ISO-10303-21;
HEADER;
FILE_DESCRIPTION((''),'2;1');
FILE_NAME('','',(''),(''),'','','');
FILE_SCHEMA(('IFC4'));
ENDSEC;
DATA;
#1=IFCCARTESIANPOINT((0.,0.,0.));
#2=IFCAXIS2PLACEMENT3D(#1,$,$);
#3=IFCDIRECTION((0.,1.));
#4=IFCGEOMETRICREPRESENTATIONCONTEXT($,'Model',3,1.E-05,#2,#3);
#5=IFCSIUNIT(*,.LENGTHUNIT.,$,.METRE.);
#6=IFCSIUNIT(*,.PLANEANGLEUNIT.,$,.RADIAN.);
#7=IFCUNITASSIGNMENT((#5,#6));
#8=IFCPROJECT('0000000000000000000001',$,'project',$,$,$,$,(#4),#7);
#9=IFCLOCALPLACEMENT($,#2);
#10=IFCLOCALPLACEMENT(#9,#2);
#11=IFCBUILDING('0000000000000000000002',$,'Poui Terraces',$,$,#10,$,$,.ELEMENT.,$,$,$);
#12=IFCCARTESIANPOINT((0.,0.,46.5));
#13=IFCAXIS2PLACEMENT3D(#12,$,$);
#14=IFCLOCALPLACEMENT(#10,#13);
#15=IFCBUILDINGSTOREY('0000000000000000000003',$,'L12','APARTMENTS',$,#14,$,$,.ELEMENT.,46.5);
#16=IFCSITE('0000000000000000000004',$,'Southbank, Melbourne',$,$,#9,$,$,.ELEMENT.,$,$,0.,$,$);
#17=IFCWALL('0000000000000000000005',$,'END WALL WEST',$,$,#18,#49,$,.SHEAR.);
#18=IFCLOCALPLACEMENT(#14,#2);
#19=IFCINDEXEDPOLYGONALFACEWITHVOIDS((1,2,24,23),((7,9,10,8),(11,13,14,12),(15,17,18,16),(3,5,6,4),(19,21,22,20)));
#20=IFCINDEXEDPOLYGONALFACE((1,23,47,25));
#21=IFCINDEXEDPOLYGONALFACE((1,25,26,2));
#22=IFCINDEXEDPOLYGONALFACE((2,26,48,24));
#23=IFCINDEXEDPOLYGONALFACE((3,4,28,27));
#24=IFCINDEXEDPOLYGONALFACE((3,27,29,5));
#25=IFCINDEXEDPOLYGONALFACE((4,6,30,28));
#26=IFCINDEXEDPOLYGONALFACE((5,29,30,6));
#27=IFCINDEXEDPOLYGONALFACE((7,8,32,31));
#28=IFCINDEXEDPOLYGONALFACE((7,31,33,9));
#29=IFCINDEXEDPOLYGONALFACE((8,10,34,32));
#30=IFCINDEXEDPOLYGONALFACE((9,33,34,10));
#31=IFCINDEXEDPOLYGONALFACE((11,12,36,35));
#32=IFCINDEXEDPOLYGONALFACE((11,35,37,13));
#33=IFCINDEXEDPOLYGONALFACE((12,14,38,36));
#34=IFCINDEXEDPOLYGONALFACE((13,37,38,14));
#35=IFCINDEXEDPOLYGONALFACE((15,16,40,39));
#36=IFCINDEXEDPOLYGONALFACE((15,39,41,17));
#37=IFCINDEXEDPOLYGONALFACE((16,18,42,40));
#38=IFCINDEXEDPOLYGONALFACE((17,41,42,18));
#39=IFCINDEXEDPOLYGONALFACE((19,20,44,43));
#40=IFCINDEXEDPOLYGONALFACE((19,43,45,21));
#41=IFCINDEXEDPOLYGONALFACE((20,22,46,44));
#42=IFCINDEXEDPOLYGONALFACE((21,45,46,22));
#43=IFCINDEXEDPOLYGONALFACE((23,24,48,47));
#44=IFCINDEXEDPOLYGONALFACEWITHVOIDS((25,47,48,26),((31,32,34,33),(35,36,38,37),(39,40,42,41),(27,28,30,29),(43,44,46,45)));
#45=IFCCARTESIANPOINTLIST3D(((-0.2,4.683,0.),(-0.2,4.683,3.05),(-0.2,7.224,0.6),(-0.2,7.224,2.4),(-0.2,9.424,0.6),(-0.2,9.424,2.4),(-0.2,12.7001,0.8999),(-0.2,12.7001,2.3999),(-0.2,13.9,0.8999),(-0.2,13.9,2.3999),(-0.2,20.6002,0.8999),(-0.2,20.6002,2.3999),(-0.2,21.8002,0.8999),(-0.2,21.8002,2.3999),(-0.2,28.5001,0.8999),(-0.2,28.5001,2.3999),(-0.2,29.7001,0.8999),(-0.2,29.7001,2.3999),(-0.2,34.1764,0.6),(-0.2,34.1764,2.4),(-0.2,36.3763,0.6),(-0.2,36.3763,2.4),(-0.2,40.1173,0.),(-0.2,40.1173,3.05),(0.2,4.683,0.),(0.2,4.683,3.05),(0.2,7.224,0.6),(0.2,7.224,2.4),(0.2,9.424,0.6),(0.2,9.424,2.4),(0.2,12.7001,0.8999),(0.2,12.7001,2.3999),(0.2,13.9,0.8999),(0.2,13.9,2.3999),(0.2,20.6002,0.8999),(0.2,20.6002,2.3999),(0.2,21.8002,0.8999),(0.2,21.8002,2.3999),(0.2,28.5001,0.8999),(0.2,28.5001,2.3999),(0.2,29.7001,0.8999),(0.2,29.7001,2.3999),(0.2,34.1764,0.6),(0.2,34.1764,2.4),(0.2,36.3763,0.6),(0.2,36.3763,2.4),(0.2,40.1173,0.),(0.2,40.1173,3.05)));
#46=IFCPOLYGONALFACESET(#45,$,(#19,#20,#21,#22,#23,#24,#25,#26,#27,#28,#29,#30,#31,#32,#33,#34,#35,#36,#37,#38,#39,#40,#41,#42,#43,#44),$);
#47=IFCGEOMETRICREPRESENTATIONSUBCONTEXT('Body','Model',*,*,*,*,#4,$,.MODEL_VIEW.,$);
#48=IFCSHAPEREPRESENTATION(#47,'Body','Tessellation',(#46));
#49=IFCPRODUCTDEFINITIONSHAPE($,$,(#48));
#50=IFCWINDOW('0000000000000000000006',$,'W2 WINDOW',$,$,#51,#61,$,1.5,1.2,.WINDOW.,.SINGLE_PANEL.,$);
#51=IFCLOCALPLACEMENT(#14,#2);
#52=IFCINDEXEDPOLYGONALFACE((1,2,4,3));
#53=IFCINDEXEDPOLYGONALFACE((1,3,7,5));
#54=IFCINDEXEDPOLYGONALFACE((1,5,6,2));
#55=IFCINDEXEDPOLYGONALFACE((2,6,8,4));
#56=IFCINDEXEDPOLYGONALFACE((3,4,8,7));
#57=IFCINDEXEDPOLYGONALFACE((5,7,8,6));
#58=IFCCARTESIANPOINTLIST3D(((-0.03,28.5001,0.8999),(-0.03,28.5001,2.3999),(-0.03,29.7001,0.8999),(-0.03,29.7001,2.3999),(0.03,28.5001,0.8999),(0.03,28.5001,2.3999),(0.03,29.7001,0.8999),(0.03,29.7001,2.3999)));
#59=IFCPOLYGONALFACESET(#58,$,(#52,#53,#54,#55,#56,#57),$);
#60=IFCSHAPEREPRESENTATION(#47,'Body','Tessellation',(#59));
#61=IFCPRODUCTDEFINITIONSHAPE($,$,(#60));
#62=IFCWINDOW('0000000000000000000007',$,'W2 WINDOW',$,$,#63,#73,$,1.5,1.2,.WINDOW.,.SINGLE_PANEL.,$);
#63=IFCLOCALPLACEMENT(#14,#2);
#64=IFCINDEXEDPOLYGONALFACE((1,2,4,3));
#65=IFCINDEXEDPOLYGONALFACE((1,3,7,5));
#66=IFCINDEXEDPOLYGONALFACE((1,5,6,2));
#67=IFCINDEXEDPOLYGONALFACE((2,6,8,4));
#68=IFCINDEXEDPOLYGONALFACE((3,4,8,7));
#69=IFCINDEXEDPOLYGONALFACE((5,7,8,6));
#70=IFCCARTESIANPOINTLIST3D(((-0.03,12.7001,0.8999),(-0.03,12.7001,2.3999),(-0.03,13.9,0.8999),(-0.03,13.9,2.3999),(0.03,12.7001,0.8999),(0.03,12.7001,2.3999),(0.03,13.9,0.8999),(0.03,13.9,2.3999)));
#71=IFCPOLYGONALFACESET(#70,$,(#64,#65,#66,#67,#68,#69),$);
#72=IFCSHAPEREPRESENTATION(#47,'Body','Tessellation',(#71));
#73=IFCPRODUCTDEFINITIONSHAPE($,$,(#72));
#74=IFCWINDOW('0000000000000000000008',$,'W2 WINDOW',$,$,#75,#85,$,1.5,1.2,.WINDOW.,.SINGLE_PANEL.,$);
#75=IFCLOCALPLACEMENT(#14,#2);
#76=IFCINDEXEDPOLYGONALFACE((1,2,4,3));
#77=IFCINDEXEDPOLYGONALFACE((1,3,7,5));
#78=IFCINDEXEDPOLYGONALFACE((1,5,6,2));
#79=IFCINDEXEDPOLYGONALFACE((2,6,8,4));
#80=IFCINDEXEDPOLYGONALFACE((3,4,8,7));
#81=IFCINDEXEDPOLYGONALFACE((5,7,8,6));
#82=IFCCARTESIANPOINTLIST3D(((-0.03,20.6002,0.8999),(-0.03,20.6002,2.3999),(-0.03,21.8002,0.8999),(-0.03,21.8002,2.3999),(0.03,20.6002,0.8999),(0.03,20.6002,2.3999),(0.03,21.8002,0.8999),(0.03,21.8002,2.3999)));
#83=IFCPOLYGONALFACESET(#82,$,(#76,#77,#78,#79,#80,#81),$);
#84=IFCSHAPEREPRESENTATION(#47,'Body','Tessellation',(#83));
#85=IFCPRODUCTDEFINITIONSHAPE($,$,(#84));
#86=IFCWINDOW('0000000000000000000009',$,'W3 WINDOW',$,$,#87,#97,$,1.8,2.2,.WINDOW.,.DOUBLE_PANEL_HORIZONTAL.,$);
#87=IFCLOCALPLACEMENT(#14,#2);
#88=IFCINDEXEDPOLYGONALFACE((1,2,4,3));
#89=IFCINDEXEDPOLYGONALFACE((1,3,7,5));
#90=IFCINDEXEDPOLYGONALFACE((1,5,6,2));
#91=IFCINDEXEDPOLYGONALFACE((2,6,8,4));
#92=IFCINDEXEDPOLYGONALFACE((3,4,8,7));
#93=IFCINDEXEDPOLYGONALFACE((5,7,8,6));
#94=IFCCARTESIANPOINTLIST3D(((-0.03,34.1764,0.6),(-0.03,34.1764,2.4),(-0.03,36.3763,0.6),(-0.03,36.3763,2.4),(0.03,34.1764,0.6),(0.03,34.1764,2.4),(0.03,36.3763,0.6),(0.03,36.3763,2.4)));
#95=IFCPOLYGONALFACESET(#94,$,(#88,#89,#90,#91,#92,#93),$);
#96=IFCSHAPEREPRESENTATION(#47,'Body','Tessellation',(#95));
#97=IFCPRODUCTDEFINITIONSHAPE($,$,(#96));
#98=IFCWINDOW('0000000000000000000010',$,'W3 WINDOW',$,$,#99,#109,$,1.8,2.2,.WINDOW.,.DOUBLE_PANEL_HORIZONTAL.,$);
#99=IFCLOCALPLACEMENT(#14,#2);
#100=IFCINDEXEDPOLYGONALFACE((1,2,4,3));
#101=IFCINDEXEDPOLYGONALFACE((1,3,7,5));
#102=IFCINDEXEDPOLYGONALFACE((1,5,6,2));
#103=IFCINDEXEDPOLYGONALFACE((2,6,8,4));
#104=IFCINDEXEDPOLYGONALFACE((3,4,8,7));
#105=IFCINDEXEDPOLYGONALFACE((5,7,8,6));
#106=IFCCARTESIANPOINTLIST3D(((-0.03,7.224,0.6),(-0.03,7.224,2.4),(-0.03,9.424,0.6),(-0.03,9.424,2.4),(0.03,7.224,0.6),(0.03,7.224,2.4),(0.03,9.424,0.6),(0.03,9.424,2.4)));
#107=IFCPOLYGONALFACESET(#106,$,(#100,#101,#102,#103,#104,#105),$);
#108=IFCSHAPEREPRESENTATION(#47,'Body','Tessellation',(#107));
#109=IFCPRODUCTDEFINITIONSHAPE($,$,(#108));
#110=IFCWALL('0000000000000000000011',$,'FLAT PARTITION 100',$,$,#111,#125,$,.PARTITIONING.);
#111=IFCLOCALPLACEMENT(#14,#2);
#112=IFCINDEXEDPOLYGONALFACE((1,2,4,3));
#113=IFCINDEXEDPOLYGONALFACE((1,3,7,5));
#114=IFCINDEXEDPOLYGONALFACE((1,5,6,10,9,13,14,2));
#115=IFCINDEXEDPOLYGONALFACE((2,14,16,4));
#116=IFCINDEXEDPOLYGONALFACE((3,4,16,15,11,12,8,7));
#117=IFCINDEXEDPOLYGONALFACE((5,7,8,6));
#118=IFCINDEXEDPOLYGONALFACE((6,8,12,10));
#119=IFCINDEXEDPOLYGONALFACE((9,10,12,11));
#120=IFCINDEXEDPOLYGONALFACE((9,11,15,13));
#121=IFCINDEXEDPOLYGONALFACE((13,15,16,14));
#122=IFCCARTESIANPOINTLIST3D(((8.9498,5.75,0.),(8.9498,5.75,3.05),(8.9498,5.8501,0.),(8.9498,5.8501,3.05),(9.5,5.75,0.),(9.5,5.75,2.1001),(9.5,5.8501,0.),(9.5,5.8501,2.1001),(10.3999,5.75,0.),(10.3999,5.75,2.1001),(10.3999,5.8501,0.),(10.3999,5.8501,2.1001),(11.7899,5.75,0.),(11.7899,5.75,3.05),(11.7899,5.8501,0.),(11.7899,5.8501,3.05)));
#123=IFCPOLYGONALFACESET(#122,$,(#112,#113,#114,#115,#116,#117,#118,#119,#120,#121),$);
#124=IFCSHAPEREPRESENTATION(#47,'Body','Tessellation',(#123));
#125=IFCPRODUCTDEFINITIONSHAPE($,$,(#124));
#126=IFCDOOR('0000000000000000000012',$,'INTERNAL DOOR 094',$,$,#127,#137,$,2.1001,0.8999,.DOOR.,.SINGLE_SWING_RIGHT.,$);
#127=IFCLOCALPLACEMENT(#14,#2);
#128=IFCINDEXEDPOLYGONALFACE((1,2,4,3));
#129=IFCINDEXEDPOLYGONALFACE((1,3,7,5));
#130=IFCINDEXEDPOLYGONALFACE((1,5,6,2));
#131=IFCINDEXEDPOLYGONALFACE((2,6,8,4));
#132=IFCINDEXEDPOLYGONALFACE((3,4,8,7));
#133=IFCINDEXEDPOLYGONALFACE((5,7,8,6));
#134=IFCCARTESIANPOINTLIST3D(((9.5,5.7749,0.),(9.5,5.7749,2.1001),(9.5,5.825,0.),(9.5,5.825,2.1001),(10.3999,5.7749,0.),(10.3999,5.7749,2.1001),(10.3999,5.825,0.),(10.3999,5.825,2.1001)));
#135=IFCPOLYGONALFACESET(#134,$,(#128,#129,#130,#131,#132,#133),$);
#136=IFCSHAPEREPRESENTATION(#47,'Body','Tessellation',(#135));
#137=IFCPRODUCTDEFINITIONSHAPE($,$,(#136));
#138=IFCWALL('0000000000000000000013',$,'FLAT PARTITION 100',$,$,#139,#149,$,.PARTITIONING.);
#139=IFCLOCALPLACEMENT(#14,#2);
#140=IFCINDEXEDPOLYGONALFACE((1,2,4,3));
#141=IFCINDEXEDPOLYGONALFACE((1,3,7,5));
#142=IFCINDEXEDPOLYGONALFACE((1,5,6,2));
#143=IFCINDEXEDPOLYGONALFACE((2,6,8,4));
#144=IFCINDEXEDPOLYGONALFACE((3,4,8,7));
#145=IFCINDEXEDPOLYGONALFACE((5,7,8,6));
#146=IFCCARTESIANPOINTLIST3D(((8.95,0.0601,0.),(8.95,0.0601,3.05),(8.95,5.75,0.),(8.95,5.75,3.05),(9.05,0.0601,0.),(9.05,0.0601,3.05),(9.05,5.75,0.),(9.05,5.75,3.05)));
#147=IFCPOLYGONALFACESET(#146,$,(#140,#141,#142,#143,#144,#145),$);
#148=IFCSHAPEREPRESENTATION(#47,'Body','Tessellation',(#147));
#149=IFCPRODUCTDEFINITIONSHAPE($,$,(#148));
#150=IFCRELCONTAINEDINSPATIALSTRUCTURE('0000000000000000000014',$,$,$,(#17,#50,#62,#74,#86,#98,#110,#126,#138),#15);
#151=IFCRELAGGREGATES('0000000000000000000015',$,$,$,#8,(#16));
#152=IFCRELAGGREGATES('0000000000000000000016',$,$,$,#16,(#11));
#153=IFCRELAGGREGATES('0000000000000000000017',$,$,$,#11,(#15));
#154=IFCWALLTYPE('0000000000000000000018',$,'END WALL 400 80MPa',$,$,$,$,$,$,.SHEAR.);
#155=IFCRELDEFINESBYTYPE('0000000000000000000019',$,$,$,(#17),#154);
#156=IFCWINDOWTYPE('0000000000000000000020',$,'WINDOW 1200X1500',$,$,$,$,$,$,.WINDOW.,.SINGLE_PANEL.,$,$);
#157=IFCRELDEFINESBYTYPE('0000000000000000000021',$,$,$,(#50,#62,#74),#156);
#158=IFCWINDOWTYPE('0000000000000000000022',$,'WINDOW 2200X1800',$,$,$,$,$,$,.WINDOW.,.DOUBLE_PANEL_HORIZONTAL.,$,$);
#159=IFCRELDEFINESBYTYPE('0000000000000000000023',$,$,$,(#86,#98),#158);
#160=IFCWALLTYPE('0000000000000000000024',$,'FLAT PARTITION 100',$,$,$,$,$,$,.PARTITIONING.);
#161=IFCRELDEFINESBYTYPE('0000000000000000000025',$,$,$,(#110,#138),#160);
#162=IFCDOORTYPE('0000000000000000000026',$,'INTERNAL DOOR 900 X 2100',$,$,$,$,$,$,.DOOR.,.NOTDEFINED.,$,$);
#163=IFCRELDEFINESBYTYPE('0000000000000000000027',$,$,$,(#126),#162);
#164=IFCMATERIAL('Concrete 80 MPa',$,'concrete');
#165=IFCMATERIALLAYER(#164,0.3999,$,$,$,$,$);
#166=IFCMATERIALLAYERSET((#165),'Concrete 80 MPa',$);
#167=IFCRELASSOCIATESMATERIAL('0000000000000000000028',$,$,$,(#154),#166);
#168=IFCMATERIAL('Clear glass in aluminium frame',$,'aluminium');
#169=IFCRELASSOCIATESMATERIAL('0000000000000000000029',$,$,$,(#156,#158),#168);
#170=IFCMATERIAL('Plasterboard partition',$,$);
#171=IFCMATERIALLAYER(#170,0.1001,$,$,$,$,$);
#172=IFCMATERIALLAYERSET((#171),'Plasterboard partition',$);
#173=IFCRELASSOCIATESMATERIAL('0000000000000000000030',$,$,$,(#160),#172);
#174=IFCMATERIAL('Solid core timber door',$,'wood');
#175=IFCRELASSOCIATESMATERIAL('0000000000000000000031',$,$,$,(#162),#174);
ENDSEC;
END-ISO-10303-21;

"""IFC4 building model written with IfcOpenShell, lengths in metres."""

from ifc_helpers import new_model, si_unit, direction, frame, frame_2d, origin, place, context, subcontext, project, spatial, rectangle, extrude, material, layer, layer_set, type_object, element, fill, save


model = new_model("IFC4")

# Units and contexts
model_context = context("Model", 3, precision=1e-05, world=origin(), true_north=direction((0.0, 1.0)))
body_context = subcontext(model_context, "Body", "Model", "MODEL_VIEW")
ifc_project = project(units=[si_unit("LENGTHUNIT", "METRE"), si_unit("PLANEANGLEUNIT", "RADIAN")], contexts=[model_context])

# Site, building, storey
site_placement = place(None, origin())
site = spatial("IfcSite", under=ifc_project, at=site_placement, Name="Southbank, Melbourne", CompositionType="ELEMENT", RefElevation=0.0)
building_placement = place(site_placement, origin())
building = spatial("IfcBuilding", under=site, at=building_placement, Name="Poui Terraces", CompositionType="ELEMENT")
storey_placement = place(building_placement, frame((0.0, 0.0, 46.5)))
storey = spatial("IfcBuildingStorey", under=building, at=storey_placement, Name="L12", Description="APARTMENTS", CompositionType="ELEMENT", Elevation=46.5)

# Shared definitions
ifc_material_1 = material(Name="Concrete 80 MPa", Category="concrete")

# Wall, openings, windows
ifc_layer_1 = layer(ifc_material_1, 0.3999)
ifc_layer_set_1 = layer_set([ifc_layer_1], Name="Concrete 80 MPa")
wall_type_1 = type_object("IfcWallType", Name="END WALL 400 80MPa", PredefinedType="SHEAR", material=ifc_layer_set_1)
wall_1_placement = place(storey_placement, frame((0.0, 4.6829, 0.0), z_axis=(0.0, 0.0, 1.0), x_axis=(0.0, 1.0, 0.0)))
wall_1 = element("IfcWall", 1, at=wall_1_placement, inside=storey, type_object=wall_type_1, Name="END WALL WEST", PredefinedType="SHEAR", context=body_context, shape_type="SweptSolid", body=[
    extrude(rectangle(XDim=35.4343, YDim=0.3999, at=frame_2d((17.7173, 0.0))), origin(), (0.0, 0.0, 1.0), 3.05),
])
opening_1_placement = place(wall_1_placement, frame((23.8171, 0.0, 0.8999)))
opening_1 = element("IfcOpeningElement", 2, at=opening_1_placement, cuts=wall_1, PredefinedType="OPENING", context=body_context, shape_type="SweptSolid", body=[
    extrude(rectangle(XDim=1.2, YDim=1.5, at=frame_2d((0.6001, 0.75))), frame((0.0, 0.21, 0.0), z_axis=(0.0, -1.0, 0.0), x_axis=(1.0, 0.0, 0.0)), (0.0, 0.0, 1.0), 0.4199),
])
opening_2_placement = place(wall_1_placement, frame((8.0171, 0.0, 0.8999)))
opening_2 = element("IfcOpeningElement", 3, at=opening_2_placement, cuts=wall_1, PredefinedType="OPENING", context=body_context, shape_type="SweptSolid", body=[
    extrude(rectangle(XDim=1.2, YDim=1.5, at=frame_2d((0.6001, 0.75))), frame((0.0, 0.21, 0.0), z_axis=(0.0, -1.0, 0.0), x_axis=(1.0, 0.0, 0.0)), (0.0, 0.0, 1.0), 0.4199),
])
opening_3_placement = place(wall_1_placement, frame((15.9172, 0.0, 0.8999)))
opening_3 = element("IfcOpeningElement", 4, at=opening_3_placement, cuts=wall_1, PredefinedType="OPENING", context=body_context, shape_type="SweptSolid", body=[
    extrude(rectangle(XDim=1.2, YDim=1.5, at=frame_2d((0.6001, 0.75))), frame((0.0, 0.21, 0.0), z_axis=(0.0, -1.0, 0.0), x_axis=(1.0, 0.0, 0.0)), (0.0, 0.0, 1.0), 0.4199),
])
opening_4_placement = place(wall_1_placement, frame((29.4934, 0.0, 0.6001)))
opening_4 = element("IfcOpeningElement", 5, at=opening_4_placement, cuts=wall_1, PredefinedType="OPENING", context=body_context, shape_type="SweptSolid", body=[
    extrude(rectangle(XDim=2.2, YDim=1.8, at=frame_2d((1.1001, 0.8999))), frame((0.0, 0.21, 0.0), z_axis=(0.0, -1.0, 0.0), x_axis=(1.0, 0.0, 0.0)), (0.0, 0.0, 1.0), 0.4199),
])
opening_5_placement = place(wall_1_placement, frame((2.541, 0.0, 0.6001)))
opening_5 = element("IfcOpeningElement", 6, at=opening_5_placement, cuts=wall_1, PredefinedType="OPENING", context=body_context, shape_type="SweptSolid", body=[
    extrude(rectangle(XDim=2.2, YDim=1.8, at=frame_2d((1.1001, 0.8999))), frame((0.0, 0.21, 0.0), z_axis=(0.0, -1.0, 0.0), x_axis=(1.0, 0.0, 0.0)), (0.0, 0.0, 1.0), 0.4199),
])
ifc_material_2 = material(Name="Clear glass in aluminium frame", Category="aluminium")
window_type_1 = type_object("IfcWindowType", Name="WINDOW 1200X1500", PartitioningType="SINGLE_PANEL", PredefinedType="WINDOW", material=ifc_material_2)
window_1_placement = place(opening_1_placement, origin())
window_1 = element("IfcWindow", 7, at=window_1_placement, inside=storey, type_object=window_type_1, Name="W2 WINDOW", OverallHeight=1.5, OverallWidth=1.2, PartitioningType="SINGLE_PANEL", PredefinedType="WINDOW", context=body_context, shape_type="SweptSolid", body=[
    extrude(rectangle(XDim=1.2, YDim=1.5, at=frame_2d((0.6001, 0.75))), frame((0.0, 0.03, 0.0), z_axis=(0.0, -1.0, 0.0), x_axis=(1.0, 0.0, 0.0)), (0.0, 0.0, 1.0), 0.0601),
])
fill(opening_1, window_1)
window_2_placement = place(opening_2_placement, origin())
window_2 = element("IfcWindow", 8, at=window_2_placement, inside=storey, type_object=window_type_1, Name="W2 WINDOW", OverallHeight=1.5, OverallWidth=1.2, PartitioningType="SINGLE_PANEL", PredefinedType="WINDOW", context=body_context, shape_type="SweptSolid", body=[
    extrude(rectangle(XDim=1.2, YDim=1.5, at=frame_2d((0.6001, 0.75))), frame((0.0, 0.03, 0.0), z_axis=(0.0, -1.0, 0.0), x_axis=(1.0, 0.0, 0.0)), (0.0, 0.0, 1.0), 0.0601),
])
fill(opening_2, window_2)
window_3_placement = place(opening_3_placement, origin())
window_3 = element("IfcWindow", 9, at=window_3_placement, inside=storey, type_object=window_type_1, Name="W2 WINDOW", OverallHeight=1.5, OverallWidth=1.2, PartitioningType="SINGLE_PANEL", PredefinedType="WINDOW", context=body_context, shape_type="SweptSolid", body=[
    extrude(rectangle(XDim=1.2, YDim=1.5, at=frame_2d((0.6001, 0.75))), frame((0.0, 0.03, 0.0), z_axis=(0.0, -1.0, 0.0), x_axis=(1.0, 0.0, 0.0)), (0.0, 0.0, 1.0), 0.0601),
])
fill(opening_3, window_3)
window_type_2 = type_object("IfcWindowType", Name="WINDOW 2200X1800", PartitioningType="DOUBLE_PANEL_HORIZONTAL", PredefinedType="WINDOW", material=ifc_material_2)
window_4_placement = place(opening_4_placement, origin())
window_4 = element("IfcWindow", 10, at=window_4_placement, inside=storey, type_object=window_type_2, Name="W3 WINDOW", OverallHeight=1.8, OverallWidth=2.2, PartitioningType="DOUBLE_PANEL_HORIZONTAL", PredefinedType="WINDOW", context=body_context, shape_type="SweptSolid", body=[
    extrude(rectangle(XDim=2.2, YDim=1.8, at=frame_2d((1.1001, 0.8999))), frame((0.0, 0.03, 0.0), z_axis=(0.0, -1.0, 0.0), x_axis=(1.0, 0.0, 0.0)), (0.0, 0.0, 1.0), 0.0601),
])
fill(opening_4, window_4)
window_5_placement = place(opening_5_placement, origin())
window_5 = element("IfcWindow", 11, at=window_5_placement, inside=storey, type_object=window_type_2, Name="W3 WINDOW", OverallHeight=1.8, OverallWidth=2.2, PartitioningType="DOUBLE_PANEL_HORIZONTAL", PredefinedType="WINDOW", context=body_context, shape_type="SweptSolid", body=[
    extrude(rectangle(XDim=2.2, YDim=1.8, at=frame_2d((1.1001, 0.8999))), frame((0.0, 0.03, 0.0), z_axis=(0.0, -1.0, 0.0), x_axis=(1.0, 0.0, 0.0)), (0.0, 0.0, 1.0), 0.0601),
])
fill(opening_5, window_5)

# Wall, opening, door
ifc_material_3 = material(Name="Plasterboard partition")
ifc_layer_2 = layer(ifc_material_3, 0.1001)
ifc_layer_set_2 = layer_set([ifc_layer_2], Name="Plasterboard partition")
wall_type_2 = type_object("IfcWallType", Name="FLAT PARTITION 100", PredefinedType="PARTITIONING", material=ifc_layer_set_2)
wall_2_placement = place(storey_placement, frame((8.95, 5.8, 0.0), z_axis=(0.0, 0.0, 1.0), x_axis=(1.0, 0.0, 0.0)))
wall_2 = element("IfcWall", 12, at=wall_2_placement, inside=storey, type_object=wall_type_2, Name="FLAT PARTITION 100", PredefinedType="PARTITIONING", context=body_context, shape_type="SweptSolid", body=[
    extrude(rectangle(XDim=2.8401, YDim=0.1001, at=frame_2d((1.4199, 0.0))), origin(), (0.0, 0.0, 1.0), 3.05),
])
opening_6_placement = place(wall_2_placement, frame((0.55, 0.0, 0.0)))
opening_6 = element("IfcOpeningElement", 13, at=opening_6_placement, cuts=wall_2, PredefinedType="OPENING", context=body_context, shape_type="SweptSolid", body=[
    extrude(rectangle(XDim=0.8999, YDim=2.1001, at=frame_2d((0.45, 1.05))), frame((0.0, 0.0601, 0.0), z_axis=(0.0, -1.0, 0.0), x_axis=(1.0, 0.0, 0.0)), (0.0, 0.0, 1.0), 0.1201),
])
ifc_material_4 = material(Name="Solid core timber door", Category="wood")
door_type = type_object("IfcDoorType", Name="INTERNAL DOOR 900 X 2100", OperationType="NOTDEFINED", PredefinedType="DOOR", material=ifc_material_4)
door_placement = place(opening_6_placement, origin())
door = element("IfcDoor", 14, at=door_placement, inside=storey, type_object=door_type, Name="INTERNAL DOOR 094", OperationType="SINGLE_SWING_RIGHT", OverallHeight=2.1001, OverallWidth=0.8999, PredefinedType="DOOR", context=body_context, shape_type="SweptSolid", body=[
    extrude(rectangle(XDim=0.8999, YDim=2.1001, at=frame_2d((0.45, 1.05))), frame((0.0, 0.0249, 0.0), z_axis=(0.0, -1.0, 0.0), x_axis=(1.0, 0.0, 0.0)), (0.0, 0.0, 1.0), 0.05),
])
fill(opening_6, door)

# Wall
wall_3_placement = place(storey_placement, frame((9.0, 0.0601, 0.0), z_axis=(0.0, 0.0, 1.0), x_axis=(0.0, 1.0, 0.0)))
element("IfcWall", 15, at=wall_3_placement, inside=storey, type_object=wall_type_2, Name="FLAT PARTITION 100", PredefinedType="PARTITIONING", context=body_context, shape_type="SweptSolid", body=[
    extrude(rectangle(XDim=5.6899, YDim=0.1001, at=frame_2d((2.845, 0.0))), origin(), (0.0, 0.0, 1.0), 3.05),
])

save(model, "model.ifc")
